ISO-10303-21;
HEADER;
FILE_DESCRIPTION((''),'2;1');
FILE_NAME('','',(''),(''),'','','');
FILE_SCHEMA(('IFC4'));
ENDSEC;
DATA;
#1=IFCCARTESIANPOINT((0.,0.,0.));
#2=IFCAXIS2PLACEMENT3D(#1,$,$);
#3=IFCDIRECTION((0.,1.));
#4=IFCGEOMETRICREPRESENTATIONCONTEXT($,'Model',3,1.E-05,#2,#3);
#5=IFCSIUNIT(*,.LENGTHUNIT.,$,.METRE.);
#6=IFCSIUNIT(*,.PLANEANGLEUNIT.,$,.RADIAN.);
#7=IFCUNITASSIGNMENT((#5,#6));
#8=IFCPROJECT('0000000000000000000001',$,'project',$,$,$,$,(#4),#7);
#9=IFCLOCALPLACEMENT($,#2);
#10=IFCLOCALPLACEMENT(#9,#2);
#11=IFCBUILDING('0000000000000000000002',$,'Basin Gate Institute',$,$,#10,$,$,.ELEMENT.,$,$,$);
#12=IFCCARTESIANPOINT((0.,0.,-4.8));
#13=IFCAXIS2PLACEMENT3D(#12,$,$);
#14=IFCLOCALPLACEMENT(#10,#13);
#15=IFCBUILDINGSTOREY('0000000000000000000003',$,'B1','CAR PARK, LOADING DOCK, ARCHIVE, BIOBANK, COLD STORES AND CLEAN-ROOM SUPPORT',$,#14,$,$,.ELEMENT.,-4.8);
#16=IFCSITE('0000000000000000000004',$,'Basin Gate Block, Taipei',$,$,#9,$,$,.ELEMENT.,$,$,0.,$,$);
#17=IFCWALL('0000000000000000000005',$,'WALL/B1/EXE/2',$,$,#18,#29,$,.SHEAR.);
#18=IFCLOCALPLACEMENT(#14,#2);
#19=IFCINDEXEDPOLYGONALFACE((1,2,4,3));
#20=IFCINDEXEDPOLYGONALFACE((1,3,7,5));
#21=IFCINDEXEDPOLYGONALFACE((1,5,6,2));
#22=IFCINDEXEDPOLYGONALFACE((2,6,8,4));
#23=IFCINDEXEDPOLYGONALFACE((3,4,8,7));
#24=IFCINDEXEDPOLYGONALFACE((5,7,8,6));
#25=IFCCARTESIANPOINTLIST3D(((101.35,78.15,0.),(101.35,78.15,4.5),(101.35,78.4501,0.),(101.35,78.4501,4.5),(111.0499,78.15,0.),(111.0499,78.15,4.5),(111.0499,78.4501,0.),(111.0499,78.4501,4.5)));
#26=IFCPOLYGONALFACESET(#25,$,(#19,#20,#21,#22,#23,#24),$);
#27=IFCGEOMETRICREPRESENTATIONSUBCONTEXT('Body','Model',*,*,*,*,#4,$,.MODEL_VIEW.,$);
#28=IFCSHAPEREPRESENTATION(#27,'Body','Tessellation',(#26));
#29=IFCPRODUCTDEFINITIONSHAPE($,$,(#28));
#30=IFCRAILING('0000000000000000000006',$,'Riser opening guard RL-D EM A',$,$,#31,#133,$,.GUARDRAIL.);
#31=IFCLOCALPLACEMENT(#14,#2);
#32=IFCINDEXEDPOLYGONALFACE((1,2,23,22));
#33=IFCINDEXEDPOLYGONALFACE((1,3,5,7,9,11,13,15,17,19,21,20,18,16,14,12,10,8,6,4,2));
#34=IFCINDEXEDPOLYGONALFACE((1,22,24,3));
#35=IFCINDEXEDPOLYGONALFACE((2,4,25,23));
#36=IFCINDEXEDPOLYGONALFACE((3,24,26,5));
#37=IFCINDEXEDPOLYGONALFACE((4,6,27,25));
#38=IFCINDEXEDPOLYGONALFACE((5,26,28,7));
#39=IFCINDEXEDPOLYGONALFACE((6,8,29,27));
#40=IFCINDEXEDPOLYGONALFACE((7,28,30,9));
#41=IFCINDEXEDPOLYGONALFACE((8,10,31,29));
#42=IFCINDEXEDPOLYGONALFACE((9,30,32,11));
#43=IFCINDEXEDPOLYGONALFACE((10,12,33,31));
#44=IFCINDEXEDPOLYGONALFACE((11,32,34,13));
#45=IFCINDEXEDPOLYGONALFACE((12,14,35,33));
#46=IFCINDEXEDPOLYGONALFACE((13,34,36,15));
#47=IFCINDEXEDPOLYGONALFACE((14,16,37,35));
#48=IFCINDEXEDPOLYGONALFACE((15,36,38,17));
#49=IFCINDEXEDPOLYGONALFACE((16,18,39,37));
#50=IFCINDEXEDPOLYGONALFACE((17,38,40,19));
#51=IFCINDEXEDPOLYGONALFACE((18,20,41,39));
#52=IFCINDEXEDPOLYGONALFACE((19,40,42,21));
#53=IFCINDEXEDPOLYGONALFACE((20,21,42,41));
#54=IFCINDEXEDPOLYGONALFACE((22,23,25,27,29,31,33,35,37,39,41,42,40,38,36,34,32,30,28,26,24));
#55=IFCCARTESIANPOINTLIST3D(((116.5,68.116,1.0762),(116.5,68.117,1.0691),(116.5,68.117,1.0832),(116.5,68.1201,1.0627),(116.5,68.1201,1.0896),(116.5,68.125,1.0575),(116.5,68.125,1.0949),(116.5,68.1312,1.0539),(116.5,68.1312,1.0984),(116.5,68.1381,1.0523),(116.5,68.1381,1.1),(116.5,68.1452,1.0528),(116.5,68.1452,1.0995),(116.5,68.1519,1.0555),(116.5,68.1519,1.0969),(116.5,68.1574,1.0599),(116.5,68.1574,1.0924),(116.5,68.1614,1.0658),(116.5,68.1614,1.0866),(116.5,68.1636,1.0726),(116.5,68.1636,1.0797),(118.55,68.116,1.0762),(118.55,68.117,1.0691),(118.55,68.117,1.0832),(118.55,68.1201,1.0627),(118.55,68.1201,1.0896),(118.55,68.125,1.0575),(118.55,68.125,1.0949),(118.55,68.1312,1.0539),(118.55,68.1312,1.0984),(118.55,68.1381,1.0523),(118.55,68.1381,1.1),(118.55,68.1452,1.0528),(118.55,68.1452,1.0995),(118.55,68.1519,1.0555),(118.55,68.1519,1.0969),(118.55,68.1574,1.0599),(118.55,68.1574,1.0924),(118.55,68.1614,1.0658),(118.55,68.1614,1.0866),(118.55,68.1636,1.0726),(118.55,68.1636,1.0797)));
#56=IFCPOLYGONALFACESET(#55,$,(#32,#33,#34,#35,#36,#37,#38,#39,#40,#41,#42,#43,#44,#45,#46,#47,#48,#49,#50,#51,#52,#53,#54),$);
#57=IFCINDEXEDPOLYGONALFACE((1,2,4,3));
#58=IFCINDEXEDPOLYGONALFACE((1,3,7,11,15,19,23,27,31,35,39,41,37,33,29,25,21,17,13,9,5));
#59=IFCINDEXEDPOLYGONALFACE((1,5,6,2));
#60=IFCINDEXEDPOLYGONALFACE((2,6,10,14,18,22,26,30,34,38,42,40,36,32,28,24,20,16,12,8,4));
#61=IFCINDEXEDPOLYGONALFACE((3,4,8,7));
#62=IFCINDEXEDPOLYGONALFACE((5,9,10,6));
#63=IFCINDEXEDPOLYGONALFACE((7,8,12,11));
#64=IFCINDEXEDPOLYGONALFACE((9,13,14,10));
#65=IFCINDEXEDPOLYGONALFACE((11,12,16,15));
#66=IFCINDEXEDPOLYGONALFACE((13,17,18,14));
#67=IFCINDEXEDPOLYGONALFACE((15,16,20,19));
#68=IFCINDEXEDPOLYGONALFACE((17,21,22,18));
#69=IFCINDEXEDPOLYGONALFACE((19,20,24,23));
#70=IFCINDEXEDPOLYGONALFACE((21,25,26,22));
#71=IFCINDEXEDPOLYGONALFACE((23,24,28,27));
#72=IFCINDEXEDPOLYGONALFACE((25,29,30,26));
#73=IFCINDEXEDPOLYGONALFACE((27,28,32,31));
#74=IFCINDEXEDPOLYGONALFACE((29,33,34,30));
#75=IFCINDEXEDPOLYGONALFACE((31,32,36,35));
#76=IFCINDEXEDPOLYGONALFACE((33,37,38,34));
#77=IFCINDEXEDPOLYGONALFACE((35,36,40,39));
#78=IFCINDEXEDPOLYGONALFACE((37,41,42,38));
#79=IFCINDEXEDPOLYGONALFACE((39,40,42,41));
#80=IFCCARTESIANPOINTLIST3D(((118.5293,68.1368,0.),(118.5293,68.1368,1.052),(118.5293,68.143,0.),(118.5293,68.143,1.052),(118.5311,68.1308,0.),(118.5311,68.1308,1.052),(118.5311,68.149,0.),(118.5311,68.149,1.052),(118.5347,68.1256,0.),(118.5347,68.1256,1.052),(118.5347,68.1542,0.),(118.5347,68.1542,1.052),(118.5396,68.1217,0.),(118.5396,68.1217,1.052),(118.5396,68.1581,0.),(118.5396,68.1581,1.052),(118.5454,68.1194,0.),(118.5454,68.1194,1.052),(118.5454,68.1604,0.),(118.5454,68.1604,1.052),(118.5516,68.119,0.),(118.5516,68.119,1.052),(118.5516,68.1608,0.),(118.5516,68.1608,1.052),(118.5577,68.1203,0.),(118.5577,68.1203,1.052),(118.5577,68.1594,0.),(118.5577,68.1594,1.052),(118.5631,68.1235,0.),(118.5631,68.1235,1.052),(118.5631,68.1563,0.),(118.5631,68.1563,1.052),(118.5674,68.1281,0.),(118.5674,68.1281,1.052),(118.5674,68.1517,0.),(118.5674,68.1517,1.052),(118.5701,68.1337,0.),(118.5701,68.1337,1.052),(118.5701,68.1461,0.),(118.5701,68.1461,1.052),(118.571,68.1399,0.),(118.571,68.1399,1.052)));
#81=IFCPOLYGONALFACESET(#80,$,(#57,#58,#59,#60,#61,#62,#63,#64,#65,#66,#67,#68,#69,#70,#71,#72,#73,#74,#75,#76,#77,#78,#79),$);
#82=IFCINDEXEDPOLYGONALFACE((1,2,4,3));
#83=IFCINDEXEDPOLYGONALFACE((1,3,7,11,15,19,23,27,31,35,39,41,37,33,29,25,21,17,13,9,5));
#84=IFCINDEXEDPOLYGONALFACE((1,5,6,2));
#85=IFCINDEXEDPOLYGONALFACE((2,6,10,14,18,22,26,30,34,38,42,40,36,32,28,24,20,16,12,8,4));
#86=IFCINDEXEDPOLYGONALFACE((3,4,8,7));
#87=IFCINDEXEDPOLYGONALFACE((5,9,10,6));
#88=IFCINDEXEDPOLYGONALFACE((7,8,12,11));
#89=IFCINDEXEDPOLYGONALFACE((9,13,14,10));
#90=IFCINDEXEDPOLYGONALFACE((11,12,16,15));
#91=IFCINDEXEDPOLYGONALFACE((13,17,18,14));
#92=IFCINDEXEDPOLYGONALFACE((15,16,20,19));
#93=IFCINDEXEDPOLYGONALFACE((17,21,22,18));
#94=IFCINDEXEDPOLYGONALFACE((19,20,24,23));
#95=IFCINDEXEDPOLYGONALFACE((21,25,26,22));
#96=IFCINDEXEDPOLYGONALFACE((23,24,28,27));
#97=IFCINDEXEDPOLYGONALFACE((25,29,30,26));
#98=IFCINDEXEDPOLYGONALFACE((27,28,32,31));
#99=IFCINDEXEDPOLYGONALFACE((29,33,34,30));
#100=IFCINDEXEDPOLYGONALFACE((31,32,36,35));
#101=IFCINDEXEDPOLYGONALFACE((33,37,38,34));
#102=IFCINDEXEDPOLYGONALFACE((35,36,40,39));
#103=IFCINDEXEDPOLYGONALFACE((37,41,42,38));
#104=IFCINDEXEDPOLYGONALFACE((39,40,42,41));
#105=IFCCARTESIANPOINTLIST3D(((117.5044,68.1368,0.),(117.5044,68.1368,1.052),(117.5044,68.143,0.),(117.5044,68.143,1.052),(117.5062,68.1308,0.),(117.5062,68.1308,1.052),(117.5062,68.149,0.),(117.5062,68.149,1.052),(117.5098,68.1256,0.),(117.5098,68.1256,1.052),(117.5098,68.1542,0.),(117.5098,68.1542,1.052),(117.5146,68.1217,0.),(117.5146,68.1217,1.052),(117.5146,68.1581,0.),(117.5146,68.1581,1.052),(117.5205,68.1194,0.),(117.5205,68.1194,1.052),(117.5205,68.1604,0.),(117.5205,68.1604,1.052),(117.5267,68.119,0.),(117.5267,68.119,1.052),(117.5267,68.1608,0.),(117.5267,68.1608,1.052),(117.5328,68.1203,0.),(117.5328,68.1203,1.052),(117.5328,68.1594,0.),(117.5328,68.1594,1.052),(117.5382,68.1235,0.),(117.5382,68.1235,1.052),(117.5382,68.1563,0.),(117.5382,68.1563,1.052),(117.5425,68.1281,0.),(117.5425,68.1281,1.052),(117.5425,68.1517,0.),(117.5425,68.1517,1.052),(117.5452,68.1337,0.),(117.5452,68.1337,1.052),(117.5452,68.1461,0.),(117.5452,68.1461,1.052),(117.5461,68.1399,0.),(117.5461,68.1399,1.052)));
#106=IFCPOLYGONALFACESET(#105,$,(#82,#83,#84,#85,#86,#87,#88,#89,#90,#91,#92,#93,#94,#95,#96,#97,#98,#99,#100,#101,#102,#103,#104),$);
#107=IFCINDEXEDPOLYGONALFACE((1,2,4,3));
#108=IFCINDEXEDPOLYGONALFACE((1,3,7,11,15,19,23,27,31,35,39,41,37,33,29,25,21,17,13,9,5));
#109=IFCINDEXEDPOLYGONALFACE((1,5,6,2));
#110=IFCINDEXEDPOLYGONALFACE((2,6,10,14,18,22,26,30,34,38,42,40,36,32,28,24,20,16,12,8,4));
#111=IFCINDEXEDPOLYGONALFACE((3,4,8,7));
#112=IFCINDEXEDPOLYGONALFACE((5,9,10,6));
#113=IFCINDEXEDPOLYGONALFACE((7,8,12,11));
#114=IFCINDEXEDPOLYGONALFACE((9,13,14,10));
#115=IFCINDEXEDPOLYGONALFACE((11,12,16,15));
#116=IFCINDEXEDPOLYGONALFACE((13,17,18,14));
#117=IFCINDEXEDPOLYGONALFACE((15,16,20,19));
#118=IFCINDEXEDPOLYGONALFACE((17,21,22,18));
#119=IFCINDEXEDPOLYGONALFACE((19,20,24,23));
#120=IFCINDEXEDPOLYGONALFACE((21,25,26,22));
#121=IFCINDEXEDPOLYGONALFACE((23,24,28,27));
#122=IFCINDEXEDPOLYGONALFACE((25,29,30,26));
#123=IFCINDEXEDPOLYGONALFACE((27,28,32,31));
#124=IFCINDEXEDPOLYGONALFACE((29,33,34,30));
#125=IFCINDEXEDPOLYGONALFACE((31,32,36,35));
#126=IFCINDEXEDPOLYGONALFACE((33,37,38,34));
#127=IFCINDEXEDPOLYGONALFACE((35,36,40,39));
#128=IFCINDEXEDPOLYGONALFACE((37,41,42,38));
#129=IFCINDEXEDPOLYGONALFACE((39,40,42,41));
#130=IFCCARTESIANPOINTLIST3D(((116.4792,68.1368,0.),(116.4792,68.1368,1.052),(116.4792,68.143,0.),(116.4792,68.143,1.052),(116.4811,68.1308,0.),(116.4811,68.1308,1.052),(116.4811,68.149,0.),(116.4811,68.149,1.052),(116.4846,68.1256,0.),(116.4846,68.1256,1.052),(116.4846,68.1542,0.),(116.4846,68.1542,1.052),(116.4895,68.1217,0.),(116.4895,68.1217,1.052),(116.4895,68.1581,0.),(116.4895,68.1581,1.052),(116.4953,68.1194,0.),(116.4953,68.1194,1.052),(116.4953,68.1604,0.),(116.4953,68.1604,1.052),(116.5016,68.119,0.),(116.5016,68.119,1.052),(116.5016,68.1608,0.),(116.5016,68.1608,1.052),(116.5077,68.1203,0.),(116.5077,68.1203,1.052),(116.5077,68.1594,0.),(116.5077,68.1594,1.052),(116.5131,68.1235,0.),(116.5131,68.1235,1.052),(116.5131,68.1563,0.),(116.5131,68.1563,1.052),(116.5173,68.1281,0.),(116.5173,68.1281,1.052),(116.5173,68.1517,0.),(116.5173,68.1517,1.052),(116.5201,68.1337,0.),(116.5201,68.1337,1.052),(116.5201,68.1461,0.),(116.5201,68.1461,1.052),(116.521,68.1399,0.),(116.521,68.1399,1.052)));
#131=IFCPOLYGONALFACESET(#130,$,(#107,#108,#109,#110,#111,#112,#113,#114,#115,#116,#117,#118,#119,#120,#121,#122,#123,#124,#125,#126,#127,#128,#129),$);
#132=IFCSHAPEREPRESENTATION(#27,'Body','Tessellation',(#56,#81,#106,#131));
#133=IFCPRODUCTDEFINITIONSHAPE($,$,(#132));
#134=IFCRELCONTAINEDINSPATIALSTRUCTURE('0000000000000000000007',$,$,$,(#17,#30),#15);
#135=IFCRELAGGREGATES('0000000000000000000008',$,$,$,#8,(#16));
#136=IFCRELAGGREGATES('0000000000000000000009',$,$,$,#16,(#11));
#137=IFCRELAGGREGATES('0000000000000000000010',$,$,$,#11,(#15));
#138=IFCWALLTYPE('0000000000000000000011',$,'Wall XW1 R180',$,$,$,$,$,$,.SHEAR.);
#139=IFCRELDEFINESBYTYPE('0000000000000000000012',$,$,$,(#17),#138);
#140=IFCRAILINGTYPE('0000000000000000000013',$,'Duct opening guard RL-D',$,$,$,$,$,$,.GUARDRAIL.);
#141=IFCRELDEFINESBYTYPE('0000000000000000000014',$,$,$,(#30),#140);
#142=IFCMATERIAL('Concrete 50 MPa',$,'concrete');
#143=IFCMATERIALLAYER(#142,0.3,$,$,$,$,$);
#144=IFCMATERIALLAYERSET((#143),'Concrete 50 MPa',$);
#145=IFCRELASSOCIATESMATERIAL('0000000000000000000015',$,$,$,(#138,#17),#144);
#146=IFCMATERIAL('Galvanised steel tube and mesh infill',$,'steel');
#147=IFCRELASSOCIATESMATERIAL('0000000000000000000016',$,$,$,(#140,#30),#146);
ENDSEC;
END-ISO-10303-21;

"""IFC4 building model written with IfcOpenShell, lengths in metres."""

from ifc_helpers import new_model, si_unit, direction, frame, frame_2d, origin, origin_2d, place, context, subcontext, project, spatial, rectangle, circle, extrude, material, layer, layer_set, type_object, element, save


model = new_model("IFC4")

# Units and contexts
model_context = context("Model", 3, precision=1e-05, world=origin(), true_north=direction((0.0, 1.0)))
body_context = subcontext(model_context, "Body", "Model", "MODEL_VIEW")
ifc_project = project(units=[si_unit("LENGTHUNIT", "METRE"), si_unit("PLANEANGLEUNIT", "RADIAN")], contexts=[model_context])

# Site, building, storey
site_placement = place(None, origin())
site = spatial("IfcSite", under=ifc_project, at=site_placement, Name="Basin Gate Block, Taipei", CompositionType="ELEMENT", RefElevation=0.0)
building_placement = place(site_placement, origin())
building = spatial("IfcBuilding", under=site, at=building_placement, Name="Basin Gate Institute", CompositionType="ELEMENT")
storey_placement = place(building_placement, frame((0.0, 0.0, -4.8)))
storey = spatial("IfcBuildingStorey", under=building, at=storey_placement, Name="B1", Description="CAR PARK, LOADING DOCK, ARCHIVE, BIOBANK, COLD STORES AND CLEAN-ROOM SUPPORT", CompositionType="ELEMENT", Elevation=-4.8)

# Shared definitions
ifc_material_1 = material(Name="Concrete 50 MPa", Category="concrete")
ifc_layer_1 = layer(ifc_material_1, 0.3)
ifc_layer_set_1 = layer_set([ifc_layer_1], Name="Concrete 50 MPa")
wall_type_1 = type_object("IfcWallType", Name="Wall XW1 R180", PredefinedType="SHEAR", material=ifc_layer_set_1)

# Wall
wall_1_placement = place(storey_placement, frame((111.05, 78.3, 0.0), z_axis=(0.0, 0.0, 1.0), x_axis=(-1.0, 0.0, 0.0)))
element("IfcWall", 1, at=wall_1_placement, inside=storey, type_object=wall_type_1, material=ifc_layer_set_1, Name="WALL/B1/EXE/2", PredefinedType="SHEAR", context=body_context, shape_type="SweptSolid", body=[
    extrude(rectangle(XDim=9.7, YDim=0.3, at=frame_2d((4.8501, 0.0))), origin(), (0.0, 0.0, 1.0), 4.5),
])

# Railing
ifc_material_2 = material(Name="Galvanised steel tube and mesh infill", Category="steel")
railing_type = type_object("IfcRailingType", Name="Duct opening guard RL-D", PredefinedType="GUARDRAIL", material=ifc_material_2)
railing_1_placement = place(storey_placement, frame((118.55, 68.1399, 0.0)))
element("IfcRailing", 2, at=railing_1_placement, inside=storey, type_object=railing_type, material=ifc_material_2, Name="Riser opening guard RL-D EM A", PredefinedType="GUARDRAIL", context=body_context, shape_type="SweptSolid", body=[
    extrude(circle(Radius=0.0239, at=origin_2d()), frame((0.0, 0.0, 1.0762), z_axis=(-1.0, 0.0, 0.0), x_axis=(0.0, -1.0, 0.0)), (0.0, 0.0, 1.0), 2.05),
    extrude(circle(Radius=0.021, at=origin_2d()), origin(), (0.0, 0.0, 1.0), 1.052),
    extrude(circle(Radius=0.021, at=origin_2d()), frame((-1.0249, 0.0, 0.0)), (0.0, 0.0, 1.0), 1.052),
    extrude(circle(Radius=0.021, at=origin_2d()), frame((-2.05, 0.0, 0.0)), (0.0, 0.0, 1.0), 1.052),
])

save(model, "model.ifc")
